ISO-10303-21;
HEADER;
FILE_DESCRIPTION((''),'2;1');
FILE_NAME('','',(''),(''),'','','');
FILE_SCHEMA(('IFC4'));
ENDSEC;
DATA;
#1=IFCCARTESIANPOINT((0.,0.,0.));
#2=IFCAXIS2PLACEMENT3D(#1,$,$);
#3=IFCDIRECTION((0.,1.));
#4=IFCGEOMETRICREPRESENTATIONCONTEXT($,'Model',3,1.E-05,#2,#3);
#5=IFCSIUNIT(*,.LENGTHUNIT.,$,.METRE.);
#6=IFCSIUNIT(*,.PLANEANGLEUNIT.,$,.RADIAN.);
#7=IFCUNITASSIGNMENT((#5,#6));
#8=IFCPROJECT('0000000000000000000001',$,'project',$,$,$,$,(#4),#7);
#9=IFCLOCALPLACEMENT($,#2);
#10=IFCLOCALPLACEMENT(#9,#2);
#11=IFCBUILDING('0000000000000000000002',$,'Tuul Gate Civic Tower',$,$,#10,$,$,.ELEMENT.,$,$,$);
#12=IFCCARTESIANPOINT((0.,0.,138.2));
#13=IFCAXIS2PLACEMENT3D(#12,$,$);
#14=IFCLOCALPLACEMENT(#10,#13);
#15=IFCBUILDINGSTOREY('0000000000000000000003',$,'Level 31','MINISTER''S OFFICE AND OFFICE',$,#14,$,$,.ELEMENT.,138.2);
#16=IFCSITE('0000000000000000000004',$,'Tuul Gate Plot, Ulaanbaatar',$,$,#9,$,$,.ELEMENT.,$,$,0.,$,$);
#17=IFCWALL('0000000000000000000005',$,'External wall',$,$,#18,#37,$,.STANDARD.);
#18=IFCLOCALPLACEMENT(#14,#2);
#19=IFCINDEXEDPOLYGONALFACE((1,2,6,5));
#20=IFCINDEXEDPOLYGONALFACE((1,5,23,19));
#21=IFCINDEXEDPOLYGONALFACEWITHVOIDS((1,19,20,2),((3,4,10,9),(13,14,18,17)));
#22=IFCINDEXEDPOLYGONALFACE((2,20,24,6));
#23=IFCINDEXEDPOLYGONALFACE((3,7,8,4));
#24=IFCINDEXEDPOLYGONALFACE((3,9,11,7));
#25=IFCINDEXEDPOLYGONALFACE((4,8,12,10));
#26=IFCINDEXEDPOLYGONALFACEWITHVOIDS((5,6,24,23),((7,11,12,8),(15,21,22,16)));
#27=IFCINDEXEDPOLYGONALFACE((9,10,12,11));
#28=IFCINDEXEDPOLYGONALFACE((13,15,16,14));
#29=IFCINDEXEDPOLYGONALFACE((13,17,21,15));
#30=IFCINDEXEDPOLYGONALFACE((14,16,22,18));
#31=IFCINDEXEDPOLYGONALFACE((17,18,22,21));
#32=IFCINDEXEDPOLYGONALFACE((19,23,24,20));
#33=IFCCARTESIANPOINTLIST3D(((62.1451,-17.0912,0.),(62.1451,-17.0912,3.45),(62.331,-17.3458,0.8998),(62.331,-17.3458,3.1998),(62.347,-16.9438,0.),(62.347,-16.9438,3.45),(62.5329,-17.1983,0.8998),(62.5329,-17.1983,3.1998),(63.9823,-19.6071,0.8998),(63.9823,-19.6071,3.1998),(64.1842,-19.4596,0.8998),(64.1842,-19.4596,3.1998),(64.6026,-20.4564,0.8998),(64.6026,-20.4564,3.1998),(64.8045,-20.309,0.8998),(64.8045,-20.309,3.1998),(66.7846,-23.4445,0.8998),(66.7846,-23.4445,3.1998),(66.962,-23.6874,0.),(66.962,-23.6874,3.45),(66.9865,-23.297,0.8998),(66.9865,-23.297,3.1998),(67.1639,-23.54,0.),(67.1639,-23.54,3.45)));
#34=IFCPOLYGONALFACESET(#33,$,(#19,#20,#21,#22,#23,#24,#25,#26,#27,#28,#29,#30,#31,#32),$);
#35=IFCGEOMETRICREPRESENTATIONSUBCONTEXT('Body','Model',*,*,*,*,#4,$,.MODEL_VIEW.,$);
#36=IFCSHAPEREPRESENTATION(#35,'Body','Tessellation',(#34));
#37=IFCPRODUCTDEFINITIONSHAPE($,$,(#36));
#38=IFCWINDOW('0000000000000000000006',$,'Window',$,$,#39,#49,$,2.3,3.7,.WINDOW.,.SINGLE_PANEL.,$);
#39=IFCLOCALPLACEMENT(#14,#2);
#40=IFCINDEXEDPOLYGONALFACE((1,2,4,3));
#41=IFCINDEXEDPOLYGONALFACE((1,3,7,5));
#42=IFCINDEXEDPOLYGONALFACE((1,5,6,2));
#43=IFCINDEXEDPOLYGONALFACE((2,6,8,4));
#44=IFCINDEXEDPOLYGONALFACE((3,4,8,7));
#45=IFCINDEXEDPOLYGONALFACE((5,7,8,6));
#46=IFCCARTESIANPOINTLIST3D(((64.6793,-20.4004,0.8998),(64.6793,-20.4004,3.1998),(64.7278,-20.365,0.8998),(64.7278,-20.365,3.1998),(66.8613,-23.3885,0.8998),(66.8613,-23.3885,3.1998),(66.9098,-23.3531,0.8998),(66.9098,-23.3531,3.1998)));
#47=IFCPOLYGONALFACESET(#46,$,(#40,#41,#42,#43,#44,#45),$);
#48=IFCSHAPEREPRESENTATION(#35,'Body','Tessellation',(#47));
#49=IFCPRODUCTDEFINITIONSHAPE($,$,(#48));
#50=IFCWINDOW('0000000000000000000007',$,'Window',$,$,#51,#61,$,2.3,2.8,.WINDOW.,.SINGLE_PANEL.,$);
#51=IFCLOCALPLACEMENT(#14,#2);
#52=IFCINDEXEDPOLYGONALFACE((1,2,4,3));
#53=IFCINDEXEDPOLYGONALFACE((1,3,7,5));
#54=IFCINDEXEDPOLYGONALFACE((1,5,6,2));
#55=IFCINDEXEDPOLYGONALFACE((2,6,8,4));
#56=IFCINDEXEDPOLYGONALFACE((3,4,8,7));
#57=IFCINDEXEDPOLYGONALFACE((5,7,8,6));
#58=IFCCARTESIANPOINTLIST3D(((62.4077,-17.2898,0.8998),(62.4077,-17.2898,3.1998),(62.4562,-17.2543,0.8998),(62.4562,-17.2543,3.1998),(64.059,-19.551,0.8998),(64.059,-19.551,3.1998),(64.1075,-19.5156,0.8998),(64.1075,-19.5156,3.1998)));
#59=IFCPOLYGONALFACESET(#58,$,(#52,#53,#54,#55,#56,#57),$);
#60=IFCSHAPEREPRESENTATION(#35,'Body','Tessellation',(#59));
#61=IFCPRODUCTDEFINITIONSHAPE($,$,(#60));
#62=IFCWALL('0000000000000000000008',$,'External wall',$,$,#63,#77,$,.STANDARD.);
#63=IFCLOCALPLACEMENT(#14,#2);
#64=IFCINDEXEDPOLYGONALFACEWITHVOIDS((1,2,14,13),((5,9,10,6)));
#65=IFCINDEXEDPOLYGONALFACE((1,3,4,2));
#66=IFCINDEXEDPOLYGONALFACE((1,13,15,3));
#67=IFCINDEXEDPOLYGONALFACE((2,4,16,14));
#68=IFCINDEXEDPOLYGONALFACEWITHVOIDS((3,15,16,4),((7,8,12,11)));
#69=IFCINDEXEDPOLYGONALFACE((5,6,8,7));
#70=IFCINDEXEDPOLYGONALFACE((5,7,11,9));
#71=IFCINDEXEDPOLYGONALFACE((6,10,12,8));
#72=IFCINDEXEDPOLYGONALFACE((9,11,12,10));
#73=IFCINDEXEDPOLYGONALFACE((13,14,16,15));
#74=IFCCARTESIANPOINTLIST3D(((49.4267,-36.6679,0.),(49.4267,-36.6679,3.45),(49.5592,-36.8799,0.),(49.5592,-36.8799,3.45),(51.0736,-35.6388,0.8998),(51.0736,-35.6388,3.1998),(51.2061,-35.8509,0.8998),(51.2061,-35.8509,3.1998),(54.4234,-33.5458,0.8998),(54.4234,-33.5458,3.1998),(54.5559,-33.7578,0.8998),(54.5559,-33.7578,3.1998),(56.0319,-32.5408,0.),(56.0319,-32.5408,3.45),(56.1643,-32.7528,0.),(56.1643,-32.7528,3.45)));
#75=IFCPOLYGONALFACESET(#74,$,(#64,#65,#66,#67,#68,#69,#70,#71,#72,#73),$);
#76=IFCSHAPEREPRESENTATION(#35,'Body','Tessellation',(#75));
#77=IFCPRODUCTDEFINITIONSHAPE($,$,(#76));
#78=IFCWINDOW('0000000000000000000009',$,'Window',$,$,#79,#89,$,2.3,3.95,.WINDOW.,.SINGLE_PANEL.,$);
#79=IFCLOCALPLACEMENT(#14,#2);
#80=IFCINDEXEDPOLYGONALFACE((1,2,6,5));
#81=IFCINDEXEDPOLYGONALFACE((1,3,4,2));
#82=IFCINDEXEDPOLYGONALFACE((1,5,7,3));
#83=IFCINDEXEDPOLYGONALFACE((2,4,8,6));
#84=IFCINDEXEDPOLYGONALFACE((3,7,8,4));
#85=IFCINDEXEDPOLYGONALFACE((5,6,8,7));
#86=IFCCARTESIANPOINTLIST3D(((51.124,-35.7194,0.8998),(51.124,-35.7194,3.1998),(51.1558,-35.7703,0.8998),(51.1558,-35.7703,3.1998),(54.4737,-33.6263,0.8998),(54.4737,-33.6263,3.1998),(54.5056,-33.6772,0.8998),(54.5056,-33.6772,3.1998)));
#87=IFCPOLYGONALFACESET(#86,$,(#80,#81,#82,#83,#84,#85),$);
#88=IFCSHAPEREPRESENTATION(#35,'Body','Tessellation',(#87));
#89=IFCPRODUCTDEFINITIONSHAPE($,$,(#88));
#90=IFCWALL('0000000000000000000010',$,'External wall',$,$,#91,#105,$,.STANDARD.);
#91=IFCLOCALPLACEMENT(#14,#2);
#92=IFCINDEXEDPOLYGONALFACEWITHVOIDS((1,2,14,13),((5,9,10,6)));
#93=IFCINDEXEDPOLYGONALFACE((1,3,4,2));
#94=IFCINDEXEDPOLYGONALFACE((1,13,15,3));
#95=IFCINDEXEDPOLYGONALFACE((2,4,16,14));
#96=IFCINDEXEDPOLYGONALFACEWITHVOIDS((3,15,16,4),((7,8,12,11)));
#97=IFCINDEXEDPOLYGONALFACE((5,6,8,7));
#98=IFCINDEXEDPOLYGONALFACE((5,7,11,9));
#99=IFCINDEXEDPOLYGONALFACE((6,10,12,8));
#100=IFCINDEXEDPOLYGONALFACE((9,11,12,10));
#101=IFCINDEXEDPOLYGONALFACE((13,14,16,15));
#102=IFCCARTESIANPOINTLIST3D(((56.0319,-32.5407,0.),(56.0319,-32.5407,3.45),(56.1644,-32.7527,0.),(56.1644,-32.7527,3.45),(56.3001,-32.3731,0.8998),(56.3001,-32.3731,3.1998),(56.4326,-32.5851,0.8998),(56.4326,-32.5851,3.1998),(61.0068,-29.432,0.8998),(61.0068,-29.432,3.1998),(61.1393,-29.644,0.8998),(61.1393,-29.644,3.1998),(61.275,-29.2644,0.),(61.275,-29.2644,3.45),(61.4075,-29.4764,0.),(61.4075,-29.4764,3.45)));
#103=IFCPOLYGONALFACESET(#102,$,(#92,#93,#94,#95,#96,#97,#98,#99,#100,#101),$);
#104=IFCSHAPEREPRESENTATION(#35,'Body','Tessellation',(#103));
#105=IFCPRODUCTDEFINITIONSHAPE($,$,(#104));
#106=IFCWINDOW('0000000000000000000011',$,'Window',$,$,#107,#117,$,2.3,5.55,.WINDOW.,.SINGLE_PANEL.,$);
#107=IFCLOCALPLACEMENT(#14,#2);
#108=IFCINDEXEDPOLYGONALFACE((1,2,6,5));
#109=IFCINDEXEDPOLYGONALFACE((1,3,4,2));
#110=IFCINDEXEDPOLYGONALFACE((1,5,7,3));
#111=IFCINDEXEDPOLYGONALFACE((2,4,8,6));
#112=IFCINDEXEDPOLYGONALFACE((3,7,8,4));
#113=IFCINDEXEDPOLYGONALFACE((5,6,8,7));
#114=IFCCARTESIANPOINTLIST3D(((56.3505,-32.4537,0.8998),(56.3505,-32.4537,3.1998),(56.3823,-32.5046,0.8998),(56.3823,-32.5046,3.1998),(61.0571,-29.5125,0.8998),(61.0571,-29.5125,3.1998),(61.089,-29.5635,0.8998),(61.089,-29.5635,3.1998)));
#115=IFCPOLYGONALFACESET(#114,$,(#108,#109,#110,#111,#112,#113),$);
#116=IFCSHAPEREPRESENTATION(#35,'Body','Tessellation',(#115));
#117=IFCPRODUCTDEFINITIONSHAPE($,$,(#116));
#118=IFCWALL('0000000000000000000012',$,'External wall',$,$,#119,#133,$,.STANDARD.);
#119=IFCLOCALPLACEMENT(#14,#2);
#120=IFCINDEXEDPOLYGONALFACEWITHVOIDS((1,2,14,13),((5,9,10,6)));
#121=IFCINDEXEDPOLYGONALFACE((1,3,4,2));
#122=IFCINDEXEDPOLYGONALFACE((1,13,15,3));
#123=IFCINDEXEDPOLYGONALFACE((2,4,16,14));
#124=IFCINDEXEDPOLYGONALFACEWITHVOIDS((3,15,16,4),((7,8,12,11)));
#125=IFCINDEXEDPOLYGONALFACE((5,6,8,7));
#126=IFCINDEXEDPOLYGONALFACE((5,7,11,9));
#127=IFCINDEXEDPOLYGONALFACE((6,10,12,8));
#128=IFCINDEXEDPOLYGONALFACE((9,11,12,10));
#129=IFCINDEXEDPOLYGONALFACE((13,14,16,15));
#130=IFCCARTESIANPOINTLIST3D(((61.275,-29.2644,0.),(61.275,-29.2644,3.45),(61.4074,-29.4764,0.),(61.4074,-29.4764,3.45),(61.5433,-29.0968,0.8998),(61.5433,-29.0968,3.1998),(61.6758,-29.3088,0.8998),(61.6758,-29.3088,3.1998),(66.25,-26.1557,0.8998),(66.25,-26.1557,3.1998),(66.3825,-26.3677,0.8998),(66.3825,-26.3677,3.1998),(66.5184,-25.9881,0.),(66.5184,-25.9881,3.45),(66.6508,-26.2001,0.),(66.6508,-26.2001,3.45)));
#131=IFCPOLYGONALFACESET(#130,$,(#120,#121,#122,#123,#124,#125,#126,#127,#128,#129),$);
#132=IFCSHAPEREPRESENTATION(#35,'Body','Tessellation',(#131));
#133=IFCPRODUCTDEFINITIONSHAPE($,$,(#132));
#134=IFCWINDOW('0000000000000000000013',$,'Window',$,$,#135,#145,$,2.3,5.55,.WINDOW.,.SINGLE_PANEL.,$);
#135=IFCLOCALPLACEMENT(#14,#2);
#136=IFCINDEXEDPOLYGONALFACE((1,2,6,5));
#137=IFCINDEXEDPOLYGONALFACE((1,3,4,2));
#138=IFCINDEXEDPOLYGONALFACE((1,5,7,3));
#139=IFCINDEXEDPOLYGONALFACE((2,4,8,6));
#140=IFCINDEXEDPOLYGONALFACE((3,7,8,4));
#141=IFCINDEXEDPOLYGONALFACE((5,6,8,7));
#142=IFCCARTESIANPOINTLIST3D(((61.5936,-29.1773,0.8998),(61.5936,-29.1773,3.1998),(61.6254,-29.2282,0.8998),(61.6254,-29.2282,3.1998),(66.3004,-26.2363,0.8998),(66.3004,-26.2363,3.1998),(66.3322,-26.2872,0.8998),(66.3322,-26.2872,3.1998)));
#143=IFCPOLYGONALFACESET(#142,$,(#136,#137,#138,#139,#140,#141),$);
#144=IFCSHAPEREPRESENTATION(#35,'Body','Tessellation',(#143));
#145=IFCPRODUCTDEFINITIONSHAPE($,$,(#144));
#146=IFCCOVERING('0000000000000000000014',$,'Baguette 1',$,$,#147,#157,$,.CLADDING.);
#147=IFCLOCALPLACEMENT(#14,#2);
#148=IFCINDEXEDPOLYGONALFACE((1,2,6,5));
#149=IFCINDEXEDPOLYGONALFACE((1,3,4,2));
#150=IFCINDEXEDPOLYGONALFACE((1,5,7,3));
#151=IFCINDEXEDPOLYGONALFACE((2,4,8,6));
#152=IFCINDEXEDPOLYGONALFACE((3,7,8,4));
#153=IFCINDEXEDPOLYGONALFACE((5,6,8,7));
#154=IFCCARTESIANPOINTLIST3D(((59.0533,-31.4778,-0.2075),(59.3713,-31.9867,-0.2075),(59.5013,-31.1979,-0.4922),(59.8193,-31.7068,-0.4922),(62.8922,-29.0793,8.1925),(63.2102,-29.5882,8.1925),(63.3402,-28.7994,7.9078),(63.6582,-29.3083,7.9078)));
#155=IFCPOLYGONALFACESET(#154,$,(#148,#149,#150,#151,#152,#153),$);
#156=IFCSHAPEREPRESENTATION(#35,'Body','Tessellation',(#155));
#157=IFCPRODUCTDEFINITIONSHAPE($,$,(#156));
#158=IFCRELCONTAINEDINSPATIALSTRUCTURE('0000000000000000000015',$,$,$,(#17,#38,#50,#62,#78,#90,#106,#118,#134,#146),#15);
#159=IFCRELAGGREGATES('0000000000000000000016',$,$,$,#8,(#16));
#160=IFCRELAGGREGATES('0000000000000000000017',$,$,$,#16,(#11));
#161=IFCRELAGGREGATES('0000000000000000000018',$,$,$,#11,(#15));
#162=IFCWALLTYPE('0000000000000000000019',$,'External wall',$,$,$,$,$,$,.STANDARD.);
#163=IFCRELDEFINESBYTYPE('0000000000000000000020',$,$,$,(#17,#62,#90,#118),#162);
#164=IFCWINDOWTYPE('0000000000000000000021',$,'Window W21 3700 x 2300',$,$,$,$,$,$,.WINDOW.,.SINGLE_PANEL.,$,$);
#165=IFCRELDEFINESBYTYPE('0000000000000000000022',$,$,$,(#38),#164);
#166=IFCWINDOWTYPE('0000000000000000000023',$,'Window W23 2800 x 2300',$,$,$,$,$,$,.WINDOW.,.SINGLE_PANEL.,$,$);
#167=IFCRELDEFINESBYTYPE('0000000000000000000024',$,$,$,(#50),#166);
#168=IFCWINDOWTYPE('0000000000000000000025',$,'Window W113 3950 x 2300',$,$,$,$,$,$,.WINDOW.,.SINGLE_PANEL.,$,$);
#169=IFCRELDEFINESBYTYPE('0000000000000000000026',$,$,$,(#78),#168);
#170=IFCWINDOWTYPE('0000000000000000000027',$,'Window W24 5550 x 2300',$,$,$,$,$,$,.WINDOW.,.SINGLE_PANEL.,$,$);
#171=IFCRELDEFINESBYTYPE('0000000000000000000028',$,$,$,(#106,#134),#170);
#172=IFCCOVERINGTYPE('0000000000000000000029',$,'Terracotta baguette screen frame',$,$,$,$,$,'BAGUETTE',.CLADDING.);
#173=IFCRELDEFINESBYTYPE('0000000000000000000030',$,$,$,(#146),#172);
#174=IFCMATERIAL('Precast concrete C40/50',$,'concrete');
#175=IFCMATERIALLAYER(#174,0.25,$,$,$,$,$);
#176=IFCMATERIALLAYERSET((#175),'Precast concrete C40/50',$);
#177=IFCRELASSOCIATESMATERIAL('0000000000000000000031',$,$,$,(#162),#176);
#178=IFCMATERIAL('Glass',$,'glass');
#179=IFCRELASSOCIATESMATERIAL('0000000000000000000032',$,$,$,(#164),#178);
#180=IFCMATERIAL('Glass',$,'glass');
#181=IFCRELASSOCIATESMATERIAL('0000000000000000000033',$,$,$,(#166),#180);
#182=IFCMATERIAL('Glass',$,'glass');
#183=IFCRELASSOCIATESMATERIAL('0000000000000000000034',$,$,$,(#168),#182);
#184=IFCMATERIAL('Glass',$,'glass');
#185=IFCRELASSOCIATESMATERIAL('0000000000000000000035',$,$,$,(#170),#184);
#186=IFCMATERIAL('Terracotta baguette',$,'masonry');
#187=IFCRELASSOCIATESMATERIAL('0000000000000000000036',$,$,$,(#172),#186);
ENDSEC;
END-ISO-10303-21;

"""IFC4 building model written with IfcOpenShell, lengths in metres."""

from ifc_helpers import new_model, si_unit, direction, frame, frame_2d, origin, origin_2d, place, context, subcontext, project, spatial, rectangle, extrude, material, layer, layer_set, material_profile, profile_set, type_object, element, fill, save


model = new_model("IFC4")

# Units and contexts
model_context = context("Model", 3, precision=1e-05, world=origin(), true_north=direction((0.0, 1.0)))
body_context = subcontext(model_context, "Body", "Model", "MODEL_VIEW")
ifc_project = project(units=[si_unit("LENGTHUNIT", "METRE"), si_unit("PLANEANGLEUNIT", "RADIAN")], contexts=[model_context])

# Site, building, storey
site_placement = place(None, origin())
site = spatial("IfcSite", under=ifc_project, at=site_placement, Name="Tuul Gate Plot, Ulaanbaatar", CompositionType="ELEMENT", RefElevation=0.0)
building_placement = place(site_placement, origin())
building = spatial("IfcBuilding", under=site, at=building_placement, Name="Tuul Gate Civic Tower", CompositionType="ELEMENT")
storey_placement = place(building_placement, frame((0.0, 0.0, 138.2)))
storey = spatial("IfcBuildingStorey", under=building, at=storey_placement, Name="Level 31", Description="MINISTER'S OFFICE AND OFFICE", CompositionType="ELEMENT", Elevation=138.2)

# Shared definitions
ifc_material_1 = material(Name="Precast concrete C40/50", Category="concrete")
ifc_layer_1 = layer(ifc_material_1, 0.25)
ifc_layer_set_1 = layer_set([ifc_layer_1], Name="Precast concrete C40/50")
wall_type_1 = type_object("IfcWallType", Name="External wall", PredefinedType="STANDARD", material=ifc_layer_set_1)

# Wall, openings, windows
wall_1_placement = place(storey_placement, frame((67.063, -23.6138, 0.0), z_axis=(0.0, 0.0, 1.0), x_axis=(-0.589745, 0.807589, 0.0)))
wall_1 = element("IfcWall", 1, at=wall_1_placement, inside=storey, type_object=wall_type_1, Name="External wall", PredefinedType="STANDARD", context=body_context, shape_type="SweptSolid", body=[
    extrude(rectangle(XDim=8.1677, YDim=0.25, at=frame_2d((4.084, 0.0))), origin(), (0.0, 0.0, 1.0), 3.45),
])
opening_1_placement = place(wall_1_placement, frame((0.3008, 0.0, 0.8999)))
opening_1 = element("IfcOpeningElement", 2, at=opening_1_placement, cuts=wall_1, PredefinedType="OPENING", context=body_context, shape_type="SweptSolid", body=[
    extrude(rectangle(XDim=3.7, YDim=2.3, at=frame_2d((1.8501, 1.1499))), frame((0.0, 0.135, 0.0), z_axis=(0.0, -1.0, 0.0), x_axis=(1.0, 0.0, 0.0)), (0.0, 0.0, 1.0), 0.27),
])
opening_2_placement = place(wall_1_placement, frame((5.0527, 0.0, 0.8999)))
opening_2 = element("IfcOpeningElement", 3, at=opening_2_placement, cuts=wall_1, PredefinedType="OPENING", context=body_context, shape_type="SweptSolid", body=[
    extrude(rectangle(XDim=2.8, YDim=2.3, at=frame_2d((1.3999, 1.1499))), frame((0.0, 0.135, 0.0), z_axis=(0.0, -1.0, 0.0), x_axis=(1.0, 0.0, 0.0)), (0.0, 0.0, 1.0), 0.27),
])
ifc_material_2 = material(Name="Glass", Category="glass")
window_type_1 = type_object("IfcWindowType", Name="Window W21 3700 x 2300", PartitioningType="SINGLE_PANEL", PredefinedType="WINDOW", material=ifc_material_2)
window_1_placement = place(opening_1_placement, origin())
window_1 = element("IfcWindow", 4, at=window_1_placement, inside=storey, type_object=window_type_1, Name="Window", OverallHeight=2.3, OverallWidth=3.7, PartitioningType="SINGLE_PANEL", PredefinedType="WINDOW", context=body_context, shape_type="SweptSolid", body=[
    extrude(rectangle(XDim=3.7, YDim=2.3, at=frame_2d((1.8501, 1.1499))), frame((0.0, 0.03, 0.0), z_axis=(0.0, -1.0, 0.0), x_axis=(1.0, 0.0, 0.0)), (0.0, 0.0, 1.0), 0.0601),
])
fill(opening_1, window_1)
ifc_material_3 = material(Name="Glass", Category="glass")
window_type_2 = type_object("IfcWindowType", Name="Window W23 2800 x 2300", PartitioningType="SINGLE_PANEL", PredefinedType="WINDOW", material=ifc_material_3)
window_2_placement = place(opening_2_placement, origin())
window_2 = element("IfcWindow", 5, at=window_2_placement, inside=storey, type_object=window_type_2, Name="Window", OverallHeight=2.3, OverallWidth=2.8, PartitioningType="SINGLE_PANEL", PredefinedType="WINDOW", context=body_context, shape_type="SweptSolid", body=[
    extrude(rectangle(XDim=2.8, YDim=2.3, at=frame_2d((1.3999, 1.1499))), frame((0.0, 0.03, 0.0), z_axis=(0.0, -1.0, 0.0), x_axis=(1.0, 0.0, 0.0)), (0.0, 0.0, 1.0), 0.0601),
])
fill(opening_2, window_2)

# Walls, openings, windows
wall_2_placement = place(storey_placement, frame((49.4929, -36.7739, 0.0), z_axis=(0.0, 0.0, 1.0), x_axis=(0.84806, 0.5299, 0.0)))
wall_2 = element("IfcWall", 6, at=wall_2_placement, inside=storey, type_object=wall_type_1, Name="External wall", PredefinedType="STANDARD", context=body_context, shape_type="SweptSolid", body=[
    extrude(rectangle(XDim=7.7886, YDim=0.25, at=frame_2d((3.8943, 0.0))), origin(), (0.0, 0.0, 1.0), 3.45),
])
opening_3_placement = place(wall_2_placement, frame((1.9419, 0.0, 0.8999)))
opening_3 = element("IfcOpeningElement", 7, at=opening_3_placement, cuts=wall_2, PredefinedType="OPENING", context=body_context, shape_type="SweptSolid", body=[
    extrude(rectangle(XDim=3.95, YDim=2.3, at=frame_2d((1.9751, 1.1499))), frame((0.0, 0.135, 0.0), z_axis=(0.0, -1.0, 0.0), x_axis=(1.0, 0.0, 0.0)), (0.0, 0.0, 1.0), 0.27),
])
ifc_material_4 = material(Name="Glass", Category="glass")
window_type_3 = type_object("IfcWindowType", Name="Window W113 3950 x 2300", PartitioningType="SINGLE_PANEL", PredefinedType="WINDOW", material=ifc_material_4)
window_3_placement = place(opening_3_placement, origin())
window_3 = element("IfcWindow", 8, at=window_3_placement, inside=storey, type_object=window_type_3, Name="Window", OverallHeight=2.3, OverallWidth=3.95, PartitioningType="SINGLE_PANEL", PredefinedType="WINDOW", context=body_context, shape_type="SweptSolid", body=[
    extrude(rectangle(XDim=3.95, YDim=2.3, at=frame_2d((1.9751, 1.1499))), frame((0.0, 0.03, 0.0), z_axis=(0.0, -1.0, 0.0), x_axis=(1.0, 0.0, 0.0)), (0.0, 0.0, 1.0), 0.0601),
])
fill(opening_3, window_3)
wall_3_placement = place(storey_placement, frame((56.0981, -32.6467, 0.0), z_axis=(0.0, 0.0, 1.0), x_axis=(0.848043, 0.529928, 0.0)))
wall_3 = element("IfcWall", 9, at=wall_3_placement, inside=storey, type_object=wall_type_1, Name="External wall", PredefinedType="STANDARD", context=body_context, shape_type="SweptSolid", body=[
    extrude(rectangle(XDim=6.1826, YDim=0.25, at=frame_2d((3.0913, 0.0))), origin(), (0.0, 0.0, 1.0), 3.45),
])
opening_4_placement = place(wall_3_placement, frame((0.3164, 0.0, 0.8999)))
opening_4 = element("IfcOpeningElement", 10, at=opening_4_placement, cuts=wall_3, PredefinedType="OPENING", context=body_context, shape_type="SweptSolid", body=[
    extrude(rectangle(XDim=5.55, YDim=2.3, at=frame_2d((2.7749, 1.1499))), frame((0.0, 0.135, 0.0), z_axis=(0.0, -1.0, 0.0), x_axis=(1.0, 0.0, 0.0)), (0.0, 0.0, 1.0), 0.27),
])
ifc_material_5 = material(Name="Glass", Category="glass")
window_type_4 = type_object("IfcWindowType", Name="Window W24 5550 x 2300", PartitioningType="SINGLE_PANEL", PredefinedType="WINDOW", material=ifc_material_5)
window_4_placement = place(opening_4_placement, origin())
window_4 = element("IfcWindow", 11, at=window_4_placement, inside=storey, type_object=window_type_4, Name="Window", OverallHeight=2.3, OverallWidth=5.55, PartitioningType="SINGLE_PANEL", PredefinedType="WINDOW", context=body_context, shape_type="SweptSolid", body=[
    extrude(rectangle(XDim=5.55, YDim=2.3, at=frame_2d((2.7749, 1.1499))), frame((0.0, 0.03, 0.0), z_axis=(0.0, -1.0, 0.0), x_axis=(1.0, 0.0, 0.0)), (0.0, 0.0, 1.0), 0.0601),
])
fill(opening_4, window_4)
wall_4_placement = place(storey_placement, frame((61.3413, -29.3704, 0.0), z_axis=(0.0, 0.0, 1.0), x_axis=(0.848054, 0.52991, 0.0)))
wall_4 = element("IfcWall", 12, at=wall_4_placement, inside=storey, type_object=wall_type_1, Name="External wall", PredefinedType="STANDARD", context=body_context, shape_type="SweptSolid", body=[
    extrude(rectangle(XDim=6.1829, YDim=0.25, at=frame_2d((3.0913, 0.0))), origin(), (0.0, 0.0, 1.0), 3.45),
])
opening_5_placement = place(wall_4_placement, frame((0.3164, 0.0, 0.8999)))
opening_5 = element("IfcOpeningElement", 13, at=opening_5_placement, cuts=wall_4, PredefinedType="OPENING", context=body_context, shape_type="SweptSolid", body=[
    extrude(rectangle(XDim=5.55, YDim=2.3, at=frame_2d((2.7749, 1.1499))), frame((0.0, 0.135, 0.0), z_axis=(0.0, -1.0, 0.0), x_axis=(1.0, 0.0, 0.0)), (0.0, 0.0, 1.0), 0.27),
])
window_5_placement = place(opening_5_placement, origin())
window_5 = element("IfcWindow", 14, at=window_5_placement, inside=storey, type_object=window_type_4, Name="Window", OverallHeight=2.3, OverallWidth=5.55, PartitioningType="SINGLE_PANEL", PredefinedType="WINDOW", context=body_context, shape_type="SweptSolid", body=[
    extrude(rectangle(XDim=5.55, YDim=2.3, at=frame_2d((2.7749, 1.1499))), frame((0.0, 0.03, 0.0), z_axis=(0.0, -1.0, 0.0), x_axis=(1.0, 0.0, 0.0)), (0.0, 0.0, 1.0), 0.0601),
])
fill(opening_5, window_5)

# Covering
ifc_material_6 = material(Name="Terracotta baguette", Category="masonry")
ifc_material_profile_1 = material_profile(ifc_material_6, rectangle(XDim=0.6001, YDim=0.6001, at=origin_2d()), Name="Terracotta baguette screen frame")
ifc_profile_set_1 = profile_set([ifc_material_profile_1], Name="Terracotta baguette")
covering_type = type_object("IfcCoveringType", Name="Terracotta baguette screen frame", ElementType="BAGUETTE", PredefinedType="CLADDING", material=ifc_profile_set_1)
covering_1_placement = place(storey_placement, frame((59.4363, -31.5923, -0.3499), z_axis=(0.402317, 0.251359, 0.880318), x_axis=(-0.529863, 0.848083, 0.0)))
element("IfcCovering", 15, at=covering_1_placement, inside=storey, type_object=covering_type, Name="Baguette 1", PredefinedType="CLADDING", context=body_context, shape_type="SweptSolid", body=[
    extrude(rectangle(XDim=0.6001, YDim=0.6001, at=origin_2d()), origin(), (0.0, 0.0, 1.0), 9.542),
])

save(model, "model.ifc")
